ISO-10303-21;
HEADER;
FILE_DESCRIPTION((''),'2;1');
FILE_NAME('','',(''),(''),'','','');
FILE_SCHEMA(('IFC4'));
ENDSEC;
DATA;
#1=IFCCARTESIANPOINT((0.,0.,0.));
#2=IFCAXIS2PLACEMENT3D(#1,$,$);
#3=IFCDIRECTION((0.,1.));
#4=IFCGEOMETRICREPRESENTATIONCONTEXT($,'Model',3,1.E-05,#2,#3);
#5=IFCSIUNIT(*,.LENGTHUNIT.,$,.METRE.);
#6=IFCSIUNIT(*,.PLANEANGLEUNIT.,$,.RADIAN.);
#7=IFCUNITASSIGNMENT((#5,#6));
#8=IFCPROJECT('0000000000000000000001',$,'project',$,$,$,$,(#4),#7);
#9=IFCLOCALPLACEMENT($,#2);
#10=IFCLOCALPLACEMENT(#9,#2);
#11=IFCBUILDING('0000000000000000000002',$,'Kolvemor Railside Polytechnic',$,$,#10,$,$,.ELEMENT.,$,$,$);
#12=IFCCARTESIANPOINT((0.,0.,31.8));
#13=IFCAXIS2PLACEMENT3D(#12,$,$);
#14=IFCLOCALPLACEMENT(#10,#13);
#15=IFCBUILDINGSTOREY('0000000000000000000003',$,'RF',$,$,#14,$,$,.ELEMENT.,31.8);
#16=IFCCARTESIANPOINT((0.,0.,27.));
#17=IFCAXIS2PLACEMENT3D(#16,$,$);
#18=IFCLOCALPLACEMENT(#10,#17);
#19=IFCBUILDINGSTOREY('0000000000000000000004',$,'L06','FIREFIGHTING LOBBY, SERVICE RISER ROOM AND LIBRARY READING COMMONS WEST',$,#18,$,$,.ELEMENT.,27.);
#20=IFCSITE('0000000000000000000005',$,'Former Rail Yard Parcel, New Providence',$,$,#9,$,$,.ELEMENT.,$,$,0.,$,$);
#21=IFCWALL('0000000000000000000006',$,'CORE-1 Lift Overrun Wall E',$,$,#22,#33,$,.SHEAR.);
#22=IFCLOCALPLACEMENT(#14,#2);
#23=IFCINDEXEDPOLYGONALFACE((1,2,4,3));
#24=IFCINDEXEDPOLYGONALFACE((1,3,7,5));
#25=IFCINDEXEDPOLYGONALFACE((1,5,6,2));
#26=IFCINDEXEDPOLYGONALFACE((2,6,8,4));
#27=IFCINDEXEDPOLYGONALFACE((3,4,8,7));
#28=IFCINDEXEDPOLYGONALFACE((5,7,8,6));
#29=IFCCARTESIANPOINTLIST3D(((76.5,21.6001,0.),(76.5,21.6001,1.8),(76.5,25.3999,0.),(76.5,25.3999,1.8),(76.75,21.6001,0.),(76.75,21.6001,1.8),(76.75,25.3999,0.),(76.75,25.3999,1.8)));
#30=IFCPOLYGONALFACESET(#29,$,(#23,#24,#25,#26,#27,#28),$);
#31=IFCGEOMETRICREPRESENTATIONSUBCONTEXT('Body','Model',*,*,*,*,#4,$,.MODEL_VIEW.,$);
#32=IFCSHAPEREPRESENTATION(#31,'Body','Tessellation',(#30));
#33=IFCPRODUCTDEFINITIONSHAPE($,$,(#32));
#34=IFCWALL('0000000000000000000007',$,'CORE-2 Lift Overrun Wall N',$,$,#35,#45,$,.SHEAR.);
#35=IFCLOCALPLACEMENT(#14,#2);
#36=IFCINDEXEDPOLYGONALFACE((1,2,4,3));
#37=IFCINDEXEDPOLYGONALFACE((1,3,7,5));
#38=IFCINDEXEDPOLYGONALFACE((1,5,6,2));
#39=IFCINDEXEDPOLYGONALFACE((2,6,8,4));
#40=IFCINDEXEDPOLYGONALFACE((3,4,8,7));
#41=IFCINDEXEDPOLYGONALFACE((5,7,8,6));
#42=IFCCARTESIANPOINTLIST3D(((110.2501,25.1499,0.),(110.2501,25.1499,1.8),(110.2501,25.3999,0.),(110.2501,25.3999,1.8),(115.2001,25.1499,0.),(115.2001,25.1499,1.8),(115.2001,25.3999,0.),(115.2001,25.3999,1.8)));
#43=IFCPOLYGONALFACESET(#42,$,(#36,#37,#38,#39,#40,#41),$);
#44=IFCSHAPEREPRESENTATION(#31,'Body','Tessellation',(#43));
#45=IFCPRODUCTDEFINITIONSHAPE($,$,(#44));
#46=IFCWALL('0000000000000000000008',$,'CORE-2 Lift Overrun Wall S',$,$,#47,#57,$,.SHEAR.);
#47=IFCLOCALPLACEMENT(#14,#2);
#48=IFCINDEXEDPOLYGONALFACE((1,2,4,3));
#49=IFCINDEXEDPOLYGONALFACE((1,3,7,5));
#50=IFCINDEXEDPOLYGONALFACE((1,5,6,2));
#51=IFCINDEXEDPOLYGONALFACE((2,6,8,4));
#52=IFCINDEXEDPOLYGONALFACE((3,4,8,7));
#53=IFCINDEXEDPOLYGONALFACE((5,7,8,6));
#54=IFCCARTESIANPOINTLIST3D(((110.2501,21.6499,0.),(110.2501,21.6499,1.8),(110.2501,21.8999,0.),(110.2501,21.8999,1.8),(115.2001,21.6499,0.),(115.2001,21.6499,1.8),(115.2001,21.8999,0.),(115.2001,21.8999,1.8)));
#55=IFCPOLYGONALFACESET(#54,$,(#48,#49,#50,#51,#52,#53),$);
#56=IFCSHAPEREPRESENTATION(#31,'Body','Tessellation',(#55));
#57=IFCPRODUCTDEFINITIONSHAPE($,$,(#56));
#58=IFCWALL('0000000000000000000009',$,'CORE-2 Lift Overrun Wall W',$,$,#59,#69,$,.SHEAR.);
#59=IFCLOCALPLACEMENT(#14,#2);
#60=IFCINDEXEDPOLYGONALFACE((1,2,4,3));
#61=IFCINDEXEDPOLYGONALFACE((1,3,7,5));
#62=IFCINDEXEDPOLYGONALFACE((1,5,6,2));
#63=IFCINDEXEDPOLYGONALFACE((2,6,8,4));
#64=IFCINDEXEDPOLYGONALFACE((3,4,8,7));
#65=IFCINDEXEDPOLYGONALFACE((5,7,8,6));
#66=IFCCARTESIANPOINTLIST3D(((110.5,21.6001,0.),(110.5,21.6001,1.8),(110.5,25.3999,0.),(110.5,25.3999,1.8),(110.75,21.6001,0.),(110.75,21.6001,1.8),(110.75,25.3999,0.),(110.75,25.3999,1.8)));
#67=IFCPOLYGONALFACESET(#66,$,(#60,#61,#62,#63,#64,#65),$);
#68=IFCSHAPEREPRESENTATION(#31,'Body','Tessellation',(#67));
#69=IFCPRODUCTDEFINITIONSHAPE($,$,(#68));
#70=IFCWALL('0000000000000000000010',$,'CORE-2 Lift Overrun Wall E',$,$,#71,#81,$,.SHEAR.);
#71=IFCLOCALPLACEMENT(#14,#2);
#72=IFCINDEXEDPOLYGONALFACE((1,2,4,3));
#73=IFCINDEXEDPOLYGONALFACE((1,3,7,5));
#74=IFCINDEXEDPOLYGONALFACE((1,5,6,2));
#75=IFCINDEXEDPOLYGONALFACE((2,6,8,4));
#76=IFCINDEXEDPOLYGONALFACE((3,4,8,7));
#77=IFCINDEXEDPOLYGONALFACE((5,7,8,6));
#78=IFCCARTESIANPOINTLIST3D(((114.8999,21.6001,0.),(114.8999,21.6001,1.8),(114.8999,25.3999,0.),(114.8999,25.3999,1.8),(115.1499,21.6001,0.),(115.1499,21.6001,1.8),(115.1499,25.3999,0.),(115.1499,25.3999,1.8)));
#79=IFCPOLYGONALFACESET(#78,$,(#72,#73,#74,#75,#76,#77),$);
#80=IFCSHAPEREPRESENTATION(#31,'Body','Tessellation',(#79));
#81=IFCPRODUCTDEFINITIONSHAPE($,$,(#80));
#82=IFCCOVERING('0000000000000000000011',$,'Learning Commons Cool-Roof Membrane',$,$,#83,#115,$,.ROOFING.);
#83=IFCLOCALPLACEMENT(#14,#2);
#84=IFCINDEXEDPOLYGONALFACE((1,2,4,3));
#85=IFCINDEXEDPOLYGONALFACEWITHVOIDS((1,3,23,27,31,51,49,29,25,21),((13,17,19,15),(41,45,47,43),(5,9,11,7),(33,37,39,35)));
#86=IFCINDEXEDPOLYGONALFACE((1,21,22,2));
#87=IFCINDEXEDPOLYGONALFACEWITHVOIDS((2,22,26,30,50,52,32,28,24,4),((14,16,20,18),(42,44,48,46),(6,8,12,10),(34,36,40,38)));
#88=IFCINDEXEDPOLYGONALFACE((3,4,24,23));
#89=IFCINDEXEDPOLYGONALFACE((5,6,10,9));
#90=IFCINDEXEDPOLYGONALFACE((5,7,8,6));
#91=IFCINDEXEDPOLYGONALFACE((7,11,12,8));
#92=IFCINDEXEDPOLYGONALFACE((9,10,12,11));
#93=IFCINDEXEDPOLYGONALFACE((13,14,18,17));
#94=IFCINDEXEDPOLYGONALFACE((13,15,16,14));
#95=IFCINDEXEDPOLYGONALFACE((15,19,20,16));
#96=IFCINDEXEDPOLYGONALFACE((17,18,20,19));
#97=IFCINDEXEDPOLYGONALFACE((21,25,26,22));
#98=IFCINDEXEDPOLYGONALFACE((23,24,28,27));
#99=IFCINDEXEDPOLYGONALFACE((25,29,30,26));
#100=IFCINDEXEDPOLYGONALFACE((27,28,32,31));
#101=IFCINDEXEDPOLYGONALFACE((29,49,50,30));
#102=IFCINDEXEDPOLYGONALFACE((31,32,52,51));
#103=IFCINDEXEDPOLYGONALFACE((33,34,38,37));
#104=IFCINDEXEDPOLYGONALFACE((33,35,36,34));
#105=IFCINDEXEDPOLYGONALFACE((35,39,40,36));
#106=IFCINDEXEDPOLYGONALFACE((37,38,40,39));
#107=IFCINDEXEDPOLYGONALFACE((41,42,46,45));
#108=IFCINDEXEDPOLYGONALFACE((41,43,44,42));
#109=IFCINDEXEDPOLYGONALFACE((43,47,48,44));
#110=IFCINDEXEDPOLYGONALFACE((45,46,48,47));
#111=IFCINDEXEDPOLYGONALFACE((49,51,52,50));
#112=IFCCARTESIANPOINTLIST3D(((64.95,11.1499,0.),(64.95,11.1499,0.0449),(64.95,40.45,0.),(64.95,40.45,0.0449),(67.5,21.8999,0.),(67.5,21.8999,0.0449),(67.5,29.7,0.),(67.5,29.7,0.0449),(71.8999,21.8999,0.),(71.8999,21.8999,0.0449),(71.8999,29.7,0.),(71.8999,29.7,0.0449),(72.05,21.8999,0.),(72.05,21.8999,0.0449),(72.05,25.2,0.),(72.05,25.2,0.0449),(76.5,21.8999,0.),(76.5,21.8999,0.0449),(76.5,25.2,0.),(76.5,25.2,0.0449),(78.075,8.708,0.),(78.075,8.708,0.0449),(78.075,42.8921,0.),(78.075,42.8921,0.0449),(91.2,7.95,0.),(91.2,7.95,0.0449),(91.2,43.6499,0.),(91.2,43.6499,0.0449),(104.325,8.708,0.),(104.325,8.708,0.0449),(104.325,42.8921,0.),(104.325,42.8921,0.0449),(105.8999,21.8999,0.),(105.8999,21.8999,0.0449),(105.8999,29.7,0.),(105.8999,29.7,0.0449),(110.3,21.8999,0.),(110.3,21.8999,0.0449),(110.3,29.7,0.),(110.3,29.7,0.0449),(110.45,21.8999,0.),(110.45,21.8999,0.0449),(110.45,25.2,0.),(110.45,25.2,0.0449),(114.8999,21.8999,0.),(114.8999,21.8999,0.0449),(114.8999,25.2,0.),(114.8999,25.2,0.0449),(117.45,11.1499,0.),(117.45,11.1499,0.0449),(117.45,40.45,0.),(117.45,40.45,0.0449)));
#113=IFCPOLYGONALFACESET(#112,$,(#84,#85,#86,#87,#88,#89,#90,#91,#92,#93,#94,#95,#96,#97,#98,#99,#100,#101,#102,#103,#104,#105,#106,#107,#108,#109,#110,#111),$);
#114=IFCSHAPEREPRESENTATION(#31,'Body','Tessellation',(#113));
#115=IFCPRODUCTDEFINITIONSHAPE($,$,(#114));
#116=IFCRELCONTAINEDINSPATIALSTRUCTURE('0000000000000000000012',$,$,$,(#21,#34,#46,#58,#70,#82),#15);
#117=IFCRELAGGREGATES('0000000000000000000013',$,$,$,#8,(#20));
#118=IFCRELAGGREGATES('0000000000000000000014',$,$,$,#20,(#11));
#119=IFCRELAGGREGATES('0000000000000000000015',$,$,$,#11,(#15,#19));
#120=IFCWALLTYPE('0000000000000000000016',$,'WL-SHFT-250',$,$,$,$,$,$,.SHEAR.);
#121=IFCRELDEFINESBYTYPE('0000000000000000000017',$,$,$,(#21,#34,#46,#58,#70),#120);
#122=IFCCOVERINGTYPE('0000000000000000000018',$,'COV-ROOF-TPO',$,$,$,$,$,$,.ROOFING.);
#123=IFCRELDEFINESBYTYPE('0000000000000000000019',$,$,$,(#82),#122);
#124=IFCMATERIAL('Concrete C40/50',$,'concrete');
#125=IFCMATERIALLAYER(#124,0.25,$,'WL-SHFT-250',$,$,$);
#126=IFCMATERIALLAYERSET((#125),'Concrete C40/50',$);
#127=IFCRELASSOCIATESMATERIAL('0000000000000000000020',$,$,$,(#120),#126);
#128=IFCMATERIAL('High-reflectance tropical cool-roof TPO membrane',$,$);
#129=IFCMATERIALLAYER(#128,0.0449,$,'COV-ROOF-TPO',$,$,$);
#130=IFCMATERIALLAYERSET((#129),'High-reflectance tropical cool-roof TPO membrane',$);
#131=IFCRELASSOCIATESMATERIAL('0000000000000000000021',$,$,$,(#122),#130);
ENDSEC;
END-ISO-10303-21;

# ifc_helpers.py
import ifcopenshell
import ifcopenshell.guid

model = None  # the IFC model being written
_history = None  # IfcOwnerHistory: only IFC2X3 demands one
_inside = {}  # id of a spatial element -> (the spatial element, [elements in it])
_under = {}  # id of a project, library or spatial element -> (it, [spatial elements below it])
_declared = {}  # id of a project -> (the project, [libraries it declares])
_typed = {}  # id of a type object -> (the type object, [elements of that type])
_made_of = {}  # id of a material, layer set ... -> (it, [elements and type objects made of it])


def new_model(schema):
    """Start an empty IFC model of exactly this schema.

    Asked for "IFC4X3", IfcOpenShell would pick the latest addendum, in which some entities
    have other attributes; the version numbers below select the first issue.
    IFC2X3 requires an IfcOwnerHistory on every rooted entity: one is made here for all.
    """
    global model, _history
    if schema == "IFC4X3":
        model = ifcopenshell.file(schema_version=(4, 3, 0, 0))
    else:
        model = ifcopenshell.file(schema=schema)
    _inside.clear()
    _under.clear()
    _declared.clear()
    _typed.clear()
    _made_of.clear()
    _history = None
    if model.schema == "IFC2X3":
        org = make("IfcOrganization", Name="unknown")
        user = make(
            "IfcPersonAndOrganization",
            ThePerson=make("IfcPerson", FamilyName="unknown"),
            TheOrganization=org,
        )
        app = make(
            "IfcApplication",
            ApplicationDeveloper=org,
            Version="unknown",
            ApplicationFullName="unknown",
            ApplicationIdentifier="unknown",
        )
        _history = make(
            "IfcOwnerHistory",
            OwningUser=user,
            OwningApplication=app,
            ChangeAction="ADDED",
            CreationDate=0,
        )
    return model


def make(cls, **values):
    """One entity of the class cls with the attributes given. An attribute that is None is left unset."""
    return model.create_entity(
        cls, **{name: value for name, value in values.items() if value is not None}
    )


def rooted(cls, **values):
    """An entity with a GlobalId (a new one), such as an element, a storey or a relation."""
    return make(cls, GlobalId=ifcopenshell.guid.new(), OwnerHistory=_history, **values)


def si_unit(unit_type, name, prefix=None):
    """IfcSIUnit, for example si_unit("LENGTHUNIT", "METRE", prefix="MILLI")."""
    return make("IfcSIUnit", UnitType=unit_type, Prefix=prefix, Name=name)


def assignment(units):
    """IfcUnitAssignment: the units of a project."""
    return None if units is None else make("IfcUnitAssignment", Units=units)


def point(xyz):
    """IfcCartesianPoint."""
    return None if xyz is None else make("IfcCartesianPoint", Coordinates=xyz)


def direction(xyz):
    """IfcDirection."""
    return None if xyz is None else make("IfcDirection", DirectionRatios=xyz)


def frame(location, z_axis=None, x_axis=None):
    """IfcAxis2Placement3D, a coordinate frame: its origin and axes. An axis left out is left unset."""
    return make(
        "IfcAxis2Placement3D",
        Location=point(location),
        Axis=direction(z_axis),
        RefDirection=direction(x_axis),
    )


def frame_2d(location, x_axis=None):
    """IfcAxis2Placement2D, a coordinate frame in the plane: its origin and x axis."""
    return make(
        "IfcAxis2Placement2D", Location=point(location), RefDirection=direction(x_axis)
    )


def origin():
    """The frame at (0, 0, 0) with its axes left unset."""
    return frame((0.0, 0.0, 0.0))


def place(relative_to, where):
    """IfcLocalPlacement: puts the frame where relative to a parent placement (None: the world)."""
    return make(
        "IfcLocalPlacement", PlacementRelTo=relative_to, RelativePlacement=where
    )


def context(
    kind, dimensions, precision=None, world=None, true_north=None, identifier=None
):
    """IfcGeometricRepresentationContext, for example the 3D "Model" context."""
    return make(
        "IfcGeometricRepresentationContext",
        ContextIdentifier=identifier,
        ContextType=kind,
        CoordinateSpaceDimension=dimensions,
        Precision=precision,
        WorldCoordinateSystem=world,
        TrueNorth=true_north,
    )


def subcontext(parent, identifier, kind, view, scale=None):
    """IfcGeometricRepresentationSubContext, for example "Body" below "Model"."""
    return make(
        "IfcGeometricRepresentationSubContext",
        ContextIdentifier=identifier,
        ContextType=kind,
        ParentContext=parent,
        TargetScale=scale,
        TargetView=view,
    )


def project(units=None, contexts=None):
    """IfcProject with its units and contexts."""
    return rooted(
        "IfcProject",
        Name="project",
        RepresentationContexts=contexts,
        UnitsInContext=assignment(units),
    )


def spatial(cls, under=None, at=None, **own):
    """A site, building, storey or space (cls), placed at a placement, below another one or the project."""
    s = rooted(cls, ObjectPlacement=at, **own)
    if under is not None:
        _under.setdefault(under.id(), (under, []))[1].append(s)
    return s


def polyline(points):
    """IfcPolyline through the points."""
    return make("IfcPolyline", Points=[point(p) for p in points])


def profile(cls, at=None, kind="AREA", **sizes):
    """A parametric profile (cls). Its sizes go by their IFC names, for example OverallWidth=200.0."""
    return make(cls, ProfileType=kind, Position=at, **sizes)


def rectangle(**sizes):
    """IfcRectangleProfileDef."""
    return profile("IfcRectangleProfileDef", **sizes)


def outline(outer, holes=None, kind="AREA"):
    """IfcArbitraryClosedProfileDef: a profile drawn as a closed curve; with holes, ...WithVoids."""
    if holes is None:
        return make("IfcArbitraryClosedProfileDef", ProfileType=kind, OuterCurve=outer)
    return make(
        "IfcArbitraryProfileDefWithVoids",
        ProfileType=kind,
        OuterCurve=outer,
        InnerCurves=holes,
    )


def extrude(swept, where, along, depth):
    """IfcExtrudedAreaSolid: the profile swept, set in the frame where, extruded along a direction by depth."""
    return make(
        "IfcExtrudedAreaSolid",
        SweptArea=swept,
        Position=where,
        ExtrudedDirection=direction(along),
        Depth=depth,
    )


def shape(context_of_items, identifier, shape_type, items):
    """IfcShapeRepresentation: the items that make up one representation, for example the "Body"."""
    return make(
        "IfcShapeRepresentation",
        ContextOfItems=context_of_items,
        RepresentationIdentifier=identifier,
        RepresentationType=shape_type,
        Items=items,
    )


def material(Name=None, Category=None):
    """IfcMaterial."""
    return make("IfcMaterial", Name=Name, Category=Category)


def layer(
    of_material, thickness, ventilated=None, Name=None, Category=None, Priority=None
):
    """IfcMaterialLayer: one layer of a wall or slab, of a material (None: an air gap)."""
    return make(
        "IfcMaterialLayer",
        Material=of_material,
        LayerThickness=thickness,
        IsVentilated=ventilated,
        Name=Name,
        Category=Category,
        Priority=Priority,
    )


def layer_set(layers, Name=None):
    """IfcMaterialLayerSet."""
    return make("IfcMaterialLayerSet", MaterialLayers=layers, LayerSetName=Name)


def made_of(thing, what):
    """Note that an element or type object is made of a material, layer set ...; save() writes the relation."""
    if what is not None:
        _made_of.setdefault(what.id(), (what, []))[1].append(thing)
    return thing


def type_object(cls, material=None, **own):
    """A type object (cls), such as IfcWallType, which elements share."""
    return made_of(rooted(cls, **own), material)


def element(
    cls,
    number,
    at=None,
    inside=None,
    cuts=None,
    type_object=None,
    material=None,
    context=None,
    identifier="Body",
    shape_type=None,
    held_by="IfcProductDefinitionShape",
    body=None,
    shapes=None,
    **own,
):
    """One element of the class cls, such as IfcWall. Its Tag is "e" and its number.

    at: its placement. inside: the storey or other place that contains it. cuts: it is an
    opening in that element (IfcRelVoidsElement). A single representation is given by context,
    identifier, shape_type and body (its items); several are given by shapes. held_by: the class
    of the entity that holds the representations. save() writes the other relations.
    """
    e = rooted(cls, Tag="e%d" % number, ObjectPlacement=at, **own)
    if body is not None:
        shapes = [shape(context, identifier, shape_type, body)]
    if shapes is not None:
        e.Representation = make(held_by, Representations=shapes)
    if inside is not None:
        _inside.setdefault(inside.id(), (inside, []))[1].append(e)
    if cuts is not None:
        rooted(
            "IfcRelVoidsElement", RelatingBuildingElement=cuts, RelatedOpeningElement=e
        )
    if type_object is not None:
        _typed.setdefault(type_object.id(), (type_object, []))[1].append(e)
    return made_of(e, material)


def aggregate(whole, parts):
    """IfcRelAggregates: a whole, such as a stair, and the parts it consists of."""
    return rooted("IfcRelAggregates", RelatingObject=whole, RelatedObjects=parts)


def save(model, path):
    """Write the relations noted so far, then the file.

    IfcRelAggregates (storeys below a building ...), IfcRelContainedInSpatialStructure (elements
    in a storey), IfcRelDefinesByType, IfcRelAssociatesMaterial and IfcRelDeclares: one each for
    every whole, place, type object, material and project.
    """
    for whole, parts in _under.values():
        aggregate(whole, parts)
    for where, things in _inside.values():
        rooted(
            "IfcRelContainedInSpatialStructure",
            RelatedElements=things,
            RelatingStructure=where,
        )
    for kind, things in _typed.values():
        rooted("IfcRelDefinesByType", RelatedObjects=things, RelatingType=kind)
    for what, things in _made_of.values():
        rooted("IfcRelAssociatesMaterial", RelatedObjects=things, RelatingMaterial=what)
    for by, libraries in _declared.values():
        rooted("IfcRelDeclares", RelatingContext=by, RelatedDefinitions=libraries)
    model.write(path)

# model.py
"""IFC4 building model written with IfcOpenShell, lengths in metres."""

from ifc_helpers import new_model, si_unit, direction, frame, frame_2d, origin, place, context, subcontext, project, spatial, polyline, rectangle, outline, extrude, material, layer, layer_set, type_object, element, save


model = new_model("IFC4")

# Units and contexts
model_context = context("Model", 3, precision=1e-05, world=origin(), true_north=direction((0.0, 1.0)))
body_context = subcontext(model_context, "Body", "Model", "MODEL_VIEW")
ifc_project = project(units=[si_unit("LENGTHUNIT", "METRE"), si_unit("PLANEANGLEUNIT", "RADIAN")], contexts=[model_context])

# Site, building, storey
site_placement = place(None, origin())
site = spatial("IfcSite", under=ifc_project, at=site_placement, Name="Former Rail Yard Parcel, New Providence", CompositionType="ELEMENT", RefElevation=0.0)
building_placement = place(site_placement, origin())
building = spatial("IfcBuilding", under=site, at=building_placement, Name="Kolvemor Railside Polytechnic", CompositionType="ELEMENT")
storey_1_placement = place(building_placement, frame((0.0, 0.0, 31.8)))
storey_1 = spatial("IfcBuildingStorey", under=building, at=storey_1_placement, Name="RF", CompositionType="ELEMENT", Elevation=31.8)

# Shared definitions
storey_2_placement = place(building_placement, frame((0.0, 0.0, 27.0)))
storey_2 = spatial("IfcBuildingStorey", under=building, at=storey_2_placement, Name="L06", Description="FIREFIGHTING LOBBY, SERVICE RISER ROOM AND LIBRARY READING COMMONS WEST", CompositionType="ELEMENT", Elevation=27.0)

# Walls
ifc_material_1 = material(Name="Concrete C40/50", Category="concrete")
ifc_layer_1 = layer(ifc_material_1, 0.25, Name="WL-SHFT-250")
ifc_layer_set_1 = layer_set([ifc_layer_1], Name="Concrete C40/50")
wall_type_1 = type_object("IfcWallType", Name="WL-SHFT-250", PredefinedType="SHEAR", material=ifc_layer_set_1)
for number, where, z_axis, x_axis, name in (
    (1, (76.625, 21.6001, 0.0), (0.0, 0.0, 1.0), (0.0, 1.0, 0.0), "CORE-1 Lift Overrun Wall E"),
):
    element("IfcWall", number, at=place(storey_1_placement, frame(where, z_axis=z_axis, x_axis=x_axis)), inside=storey_1, type_object=wall_type_1, Name=name, PredefinedType="SHEAR", context=body_context, shape_type="SweptSolid", body=[
        extrude(rectangle(XDim=3.7998, YDim=0.25, at=frame_2d((1.8999, 0.0))), origin(), (0.0, 0.0, 1.0), 1.8),
    ])
for number, where, z_axis, x_axis, name in (
    (2, (110.25, 25.2749, 0.0), (0.0, 0.0, 1.0), (1.0, 0.0, 0.0), "CORE-2 Lift Overrun Wall N"),
    (3, (110.25, 21.7749, 0.0), (0.0, 0.0, 1.0), (1.0, 0.0, 0.0), "CORE-2 Lift Overrun Wall S"),
):
    element("IfcWall", number, at=place(storey_1_placement, frame(where, z_axis=z_axis, x_axis=x_axis)), inside=storey_1, type_object=wall_type_1, Name=name, PredefinedType="SHEAR", context=body_context, shape_type="SweptSolid", body=[
        extrude(rectangle(XDim=4.95, YDim=0.25, at=frame_2d((2.4751, 0.0))), origin(), (0.0, 0.0, 1.0), 1.8),
    ])
for number, where, z_axis, x_axis, name in (
    (4, (110.625, 21.6001, 0.0), (0.0, 0.0, 1.0), (0.0, 1.0, 0.0), "CORE-2 Lift Overrun Wall W"),
    (5, (115.0249, 21.6001, 0.0), (0.0, 0.0, 1.0), (0.0, 1.0, 0.0), "CORE-2 Lift Overrun Wall E"),
):
    element("IfcWall", number, at=place(storey_1_placement, frame(where, z_axis=z_axis, x_axis=x_axis)), inside=storey_1, type_object=wall_type_1, Name=name, PredefinedType="SHEAR", context=body_context, shape_type="SweptSolid", body=[
        extrude(rectangle(XDim=3.7998, YDim=0.25, at=frame_2d((1.8999, 0.0))), origin(), (0.0, 0.0, 1.0), 1.8),
    ])

# Covering
ifc_material_2 = material(Name="High-reflectance tropical cool-roof TPO membrane")
ifc_layer_2 = layer(ifc_material_2, 0.0449, Name="COV-ROOF-TPO")
ifc_layer_set_2 = layer_set([ifc_layer_2], Name="High-reflectance tropical cool-roof TPO membrane")
covering_type = type_object("IfcCoveringType", Name="COV-ROOF-TPO", PredefinedType="ROOFING", material=ifc_layer_set_2)
covering_placement = place(storey_1_placement, origin())
element("IfcCovering", 6, at=covering_placement, inside=storey_1, type_object=covering_type, Name="Learning Commons Cool-Roof Membrane", PredefinedType="ROOFING", context=body_context, shape_type="SweptSolid", body=[
    extrude(outline(polyline([(64.95, 11.1499), (78.075, 8.708), (91.2, 7.95), (104.325, 8.708), (117.45, 11.1499), (117.45, 40.45), (104.325, 42.8921), (91.2, 43.6499), (78.075, 42.8921), (64.95, 40.45), (64.95, 11.1499)]), holes=[polyline([(67.5, 21.8999), (71.8999, 21.8999), (71.8999, 29.7), (67.5, 29.7), (67.5, 21.8999)]), polyline([(72.05, 21.8999), (76.5, 21.8999), (76.5, 25.2), (72.05, 25.2), (72.05, 21.8999)]), polyline([(105.8999, 21.8999), (110.3, 21.8999), (110.3, 29.7), (105.8999, 29.7), (105.8999, 21.8999)]), polyline([(110.45, 21.8999), (114.8999, 21.8999), (114.8999, 25.2), (110.45, 25.2), (110.45, 21.8999)])]), origin(), (0.0, 0.0, 1.0), 0.0449),
])

save(model, "model.ifc")
